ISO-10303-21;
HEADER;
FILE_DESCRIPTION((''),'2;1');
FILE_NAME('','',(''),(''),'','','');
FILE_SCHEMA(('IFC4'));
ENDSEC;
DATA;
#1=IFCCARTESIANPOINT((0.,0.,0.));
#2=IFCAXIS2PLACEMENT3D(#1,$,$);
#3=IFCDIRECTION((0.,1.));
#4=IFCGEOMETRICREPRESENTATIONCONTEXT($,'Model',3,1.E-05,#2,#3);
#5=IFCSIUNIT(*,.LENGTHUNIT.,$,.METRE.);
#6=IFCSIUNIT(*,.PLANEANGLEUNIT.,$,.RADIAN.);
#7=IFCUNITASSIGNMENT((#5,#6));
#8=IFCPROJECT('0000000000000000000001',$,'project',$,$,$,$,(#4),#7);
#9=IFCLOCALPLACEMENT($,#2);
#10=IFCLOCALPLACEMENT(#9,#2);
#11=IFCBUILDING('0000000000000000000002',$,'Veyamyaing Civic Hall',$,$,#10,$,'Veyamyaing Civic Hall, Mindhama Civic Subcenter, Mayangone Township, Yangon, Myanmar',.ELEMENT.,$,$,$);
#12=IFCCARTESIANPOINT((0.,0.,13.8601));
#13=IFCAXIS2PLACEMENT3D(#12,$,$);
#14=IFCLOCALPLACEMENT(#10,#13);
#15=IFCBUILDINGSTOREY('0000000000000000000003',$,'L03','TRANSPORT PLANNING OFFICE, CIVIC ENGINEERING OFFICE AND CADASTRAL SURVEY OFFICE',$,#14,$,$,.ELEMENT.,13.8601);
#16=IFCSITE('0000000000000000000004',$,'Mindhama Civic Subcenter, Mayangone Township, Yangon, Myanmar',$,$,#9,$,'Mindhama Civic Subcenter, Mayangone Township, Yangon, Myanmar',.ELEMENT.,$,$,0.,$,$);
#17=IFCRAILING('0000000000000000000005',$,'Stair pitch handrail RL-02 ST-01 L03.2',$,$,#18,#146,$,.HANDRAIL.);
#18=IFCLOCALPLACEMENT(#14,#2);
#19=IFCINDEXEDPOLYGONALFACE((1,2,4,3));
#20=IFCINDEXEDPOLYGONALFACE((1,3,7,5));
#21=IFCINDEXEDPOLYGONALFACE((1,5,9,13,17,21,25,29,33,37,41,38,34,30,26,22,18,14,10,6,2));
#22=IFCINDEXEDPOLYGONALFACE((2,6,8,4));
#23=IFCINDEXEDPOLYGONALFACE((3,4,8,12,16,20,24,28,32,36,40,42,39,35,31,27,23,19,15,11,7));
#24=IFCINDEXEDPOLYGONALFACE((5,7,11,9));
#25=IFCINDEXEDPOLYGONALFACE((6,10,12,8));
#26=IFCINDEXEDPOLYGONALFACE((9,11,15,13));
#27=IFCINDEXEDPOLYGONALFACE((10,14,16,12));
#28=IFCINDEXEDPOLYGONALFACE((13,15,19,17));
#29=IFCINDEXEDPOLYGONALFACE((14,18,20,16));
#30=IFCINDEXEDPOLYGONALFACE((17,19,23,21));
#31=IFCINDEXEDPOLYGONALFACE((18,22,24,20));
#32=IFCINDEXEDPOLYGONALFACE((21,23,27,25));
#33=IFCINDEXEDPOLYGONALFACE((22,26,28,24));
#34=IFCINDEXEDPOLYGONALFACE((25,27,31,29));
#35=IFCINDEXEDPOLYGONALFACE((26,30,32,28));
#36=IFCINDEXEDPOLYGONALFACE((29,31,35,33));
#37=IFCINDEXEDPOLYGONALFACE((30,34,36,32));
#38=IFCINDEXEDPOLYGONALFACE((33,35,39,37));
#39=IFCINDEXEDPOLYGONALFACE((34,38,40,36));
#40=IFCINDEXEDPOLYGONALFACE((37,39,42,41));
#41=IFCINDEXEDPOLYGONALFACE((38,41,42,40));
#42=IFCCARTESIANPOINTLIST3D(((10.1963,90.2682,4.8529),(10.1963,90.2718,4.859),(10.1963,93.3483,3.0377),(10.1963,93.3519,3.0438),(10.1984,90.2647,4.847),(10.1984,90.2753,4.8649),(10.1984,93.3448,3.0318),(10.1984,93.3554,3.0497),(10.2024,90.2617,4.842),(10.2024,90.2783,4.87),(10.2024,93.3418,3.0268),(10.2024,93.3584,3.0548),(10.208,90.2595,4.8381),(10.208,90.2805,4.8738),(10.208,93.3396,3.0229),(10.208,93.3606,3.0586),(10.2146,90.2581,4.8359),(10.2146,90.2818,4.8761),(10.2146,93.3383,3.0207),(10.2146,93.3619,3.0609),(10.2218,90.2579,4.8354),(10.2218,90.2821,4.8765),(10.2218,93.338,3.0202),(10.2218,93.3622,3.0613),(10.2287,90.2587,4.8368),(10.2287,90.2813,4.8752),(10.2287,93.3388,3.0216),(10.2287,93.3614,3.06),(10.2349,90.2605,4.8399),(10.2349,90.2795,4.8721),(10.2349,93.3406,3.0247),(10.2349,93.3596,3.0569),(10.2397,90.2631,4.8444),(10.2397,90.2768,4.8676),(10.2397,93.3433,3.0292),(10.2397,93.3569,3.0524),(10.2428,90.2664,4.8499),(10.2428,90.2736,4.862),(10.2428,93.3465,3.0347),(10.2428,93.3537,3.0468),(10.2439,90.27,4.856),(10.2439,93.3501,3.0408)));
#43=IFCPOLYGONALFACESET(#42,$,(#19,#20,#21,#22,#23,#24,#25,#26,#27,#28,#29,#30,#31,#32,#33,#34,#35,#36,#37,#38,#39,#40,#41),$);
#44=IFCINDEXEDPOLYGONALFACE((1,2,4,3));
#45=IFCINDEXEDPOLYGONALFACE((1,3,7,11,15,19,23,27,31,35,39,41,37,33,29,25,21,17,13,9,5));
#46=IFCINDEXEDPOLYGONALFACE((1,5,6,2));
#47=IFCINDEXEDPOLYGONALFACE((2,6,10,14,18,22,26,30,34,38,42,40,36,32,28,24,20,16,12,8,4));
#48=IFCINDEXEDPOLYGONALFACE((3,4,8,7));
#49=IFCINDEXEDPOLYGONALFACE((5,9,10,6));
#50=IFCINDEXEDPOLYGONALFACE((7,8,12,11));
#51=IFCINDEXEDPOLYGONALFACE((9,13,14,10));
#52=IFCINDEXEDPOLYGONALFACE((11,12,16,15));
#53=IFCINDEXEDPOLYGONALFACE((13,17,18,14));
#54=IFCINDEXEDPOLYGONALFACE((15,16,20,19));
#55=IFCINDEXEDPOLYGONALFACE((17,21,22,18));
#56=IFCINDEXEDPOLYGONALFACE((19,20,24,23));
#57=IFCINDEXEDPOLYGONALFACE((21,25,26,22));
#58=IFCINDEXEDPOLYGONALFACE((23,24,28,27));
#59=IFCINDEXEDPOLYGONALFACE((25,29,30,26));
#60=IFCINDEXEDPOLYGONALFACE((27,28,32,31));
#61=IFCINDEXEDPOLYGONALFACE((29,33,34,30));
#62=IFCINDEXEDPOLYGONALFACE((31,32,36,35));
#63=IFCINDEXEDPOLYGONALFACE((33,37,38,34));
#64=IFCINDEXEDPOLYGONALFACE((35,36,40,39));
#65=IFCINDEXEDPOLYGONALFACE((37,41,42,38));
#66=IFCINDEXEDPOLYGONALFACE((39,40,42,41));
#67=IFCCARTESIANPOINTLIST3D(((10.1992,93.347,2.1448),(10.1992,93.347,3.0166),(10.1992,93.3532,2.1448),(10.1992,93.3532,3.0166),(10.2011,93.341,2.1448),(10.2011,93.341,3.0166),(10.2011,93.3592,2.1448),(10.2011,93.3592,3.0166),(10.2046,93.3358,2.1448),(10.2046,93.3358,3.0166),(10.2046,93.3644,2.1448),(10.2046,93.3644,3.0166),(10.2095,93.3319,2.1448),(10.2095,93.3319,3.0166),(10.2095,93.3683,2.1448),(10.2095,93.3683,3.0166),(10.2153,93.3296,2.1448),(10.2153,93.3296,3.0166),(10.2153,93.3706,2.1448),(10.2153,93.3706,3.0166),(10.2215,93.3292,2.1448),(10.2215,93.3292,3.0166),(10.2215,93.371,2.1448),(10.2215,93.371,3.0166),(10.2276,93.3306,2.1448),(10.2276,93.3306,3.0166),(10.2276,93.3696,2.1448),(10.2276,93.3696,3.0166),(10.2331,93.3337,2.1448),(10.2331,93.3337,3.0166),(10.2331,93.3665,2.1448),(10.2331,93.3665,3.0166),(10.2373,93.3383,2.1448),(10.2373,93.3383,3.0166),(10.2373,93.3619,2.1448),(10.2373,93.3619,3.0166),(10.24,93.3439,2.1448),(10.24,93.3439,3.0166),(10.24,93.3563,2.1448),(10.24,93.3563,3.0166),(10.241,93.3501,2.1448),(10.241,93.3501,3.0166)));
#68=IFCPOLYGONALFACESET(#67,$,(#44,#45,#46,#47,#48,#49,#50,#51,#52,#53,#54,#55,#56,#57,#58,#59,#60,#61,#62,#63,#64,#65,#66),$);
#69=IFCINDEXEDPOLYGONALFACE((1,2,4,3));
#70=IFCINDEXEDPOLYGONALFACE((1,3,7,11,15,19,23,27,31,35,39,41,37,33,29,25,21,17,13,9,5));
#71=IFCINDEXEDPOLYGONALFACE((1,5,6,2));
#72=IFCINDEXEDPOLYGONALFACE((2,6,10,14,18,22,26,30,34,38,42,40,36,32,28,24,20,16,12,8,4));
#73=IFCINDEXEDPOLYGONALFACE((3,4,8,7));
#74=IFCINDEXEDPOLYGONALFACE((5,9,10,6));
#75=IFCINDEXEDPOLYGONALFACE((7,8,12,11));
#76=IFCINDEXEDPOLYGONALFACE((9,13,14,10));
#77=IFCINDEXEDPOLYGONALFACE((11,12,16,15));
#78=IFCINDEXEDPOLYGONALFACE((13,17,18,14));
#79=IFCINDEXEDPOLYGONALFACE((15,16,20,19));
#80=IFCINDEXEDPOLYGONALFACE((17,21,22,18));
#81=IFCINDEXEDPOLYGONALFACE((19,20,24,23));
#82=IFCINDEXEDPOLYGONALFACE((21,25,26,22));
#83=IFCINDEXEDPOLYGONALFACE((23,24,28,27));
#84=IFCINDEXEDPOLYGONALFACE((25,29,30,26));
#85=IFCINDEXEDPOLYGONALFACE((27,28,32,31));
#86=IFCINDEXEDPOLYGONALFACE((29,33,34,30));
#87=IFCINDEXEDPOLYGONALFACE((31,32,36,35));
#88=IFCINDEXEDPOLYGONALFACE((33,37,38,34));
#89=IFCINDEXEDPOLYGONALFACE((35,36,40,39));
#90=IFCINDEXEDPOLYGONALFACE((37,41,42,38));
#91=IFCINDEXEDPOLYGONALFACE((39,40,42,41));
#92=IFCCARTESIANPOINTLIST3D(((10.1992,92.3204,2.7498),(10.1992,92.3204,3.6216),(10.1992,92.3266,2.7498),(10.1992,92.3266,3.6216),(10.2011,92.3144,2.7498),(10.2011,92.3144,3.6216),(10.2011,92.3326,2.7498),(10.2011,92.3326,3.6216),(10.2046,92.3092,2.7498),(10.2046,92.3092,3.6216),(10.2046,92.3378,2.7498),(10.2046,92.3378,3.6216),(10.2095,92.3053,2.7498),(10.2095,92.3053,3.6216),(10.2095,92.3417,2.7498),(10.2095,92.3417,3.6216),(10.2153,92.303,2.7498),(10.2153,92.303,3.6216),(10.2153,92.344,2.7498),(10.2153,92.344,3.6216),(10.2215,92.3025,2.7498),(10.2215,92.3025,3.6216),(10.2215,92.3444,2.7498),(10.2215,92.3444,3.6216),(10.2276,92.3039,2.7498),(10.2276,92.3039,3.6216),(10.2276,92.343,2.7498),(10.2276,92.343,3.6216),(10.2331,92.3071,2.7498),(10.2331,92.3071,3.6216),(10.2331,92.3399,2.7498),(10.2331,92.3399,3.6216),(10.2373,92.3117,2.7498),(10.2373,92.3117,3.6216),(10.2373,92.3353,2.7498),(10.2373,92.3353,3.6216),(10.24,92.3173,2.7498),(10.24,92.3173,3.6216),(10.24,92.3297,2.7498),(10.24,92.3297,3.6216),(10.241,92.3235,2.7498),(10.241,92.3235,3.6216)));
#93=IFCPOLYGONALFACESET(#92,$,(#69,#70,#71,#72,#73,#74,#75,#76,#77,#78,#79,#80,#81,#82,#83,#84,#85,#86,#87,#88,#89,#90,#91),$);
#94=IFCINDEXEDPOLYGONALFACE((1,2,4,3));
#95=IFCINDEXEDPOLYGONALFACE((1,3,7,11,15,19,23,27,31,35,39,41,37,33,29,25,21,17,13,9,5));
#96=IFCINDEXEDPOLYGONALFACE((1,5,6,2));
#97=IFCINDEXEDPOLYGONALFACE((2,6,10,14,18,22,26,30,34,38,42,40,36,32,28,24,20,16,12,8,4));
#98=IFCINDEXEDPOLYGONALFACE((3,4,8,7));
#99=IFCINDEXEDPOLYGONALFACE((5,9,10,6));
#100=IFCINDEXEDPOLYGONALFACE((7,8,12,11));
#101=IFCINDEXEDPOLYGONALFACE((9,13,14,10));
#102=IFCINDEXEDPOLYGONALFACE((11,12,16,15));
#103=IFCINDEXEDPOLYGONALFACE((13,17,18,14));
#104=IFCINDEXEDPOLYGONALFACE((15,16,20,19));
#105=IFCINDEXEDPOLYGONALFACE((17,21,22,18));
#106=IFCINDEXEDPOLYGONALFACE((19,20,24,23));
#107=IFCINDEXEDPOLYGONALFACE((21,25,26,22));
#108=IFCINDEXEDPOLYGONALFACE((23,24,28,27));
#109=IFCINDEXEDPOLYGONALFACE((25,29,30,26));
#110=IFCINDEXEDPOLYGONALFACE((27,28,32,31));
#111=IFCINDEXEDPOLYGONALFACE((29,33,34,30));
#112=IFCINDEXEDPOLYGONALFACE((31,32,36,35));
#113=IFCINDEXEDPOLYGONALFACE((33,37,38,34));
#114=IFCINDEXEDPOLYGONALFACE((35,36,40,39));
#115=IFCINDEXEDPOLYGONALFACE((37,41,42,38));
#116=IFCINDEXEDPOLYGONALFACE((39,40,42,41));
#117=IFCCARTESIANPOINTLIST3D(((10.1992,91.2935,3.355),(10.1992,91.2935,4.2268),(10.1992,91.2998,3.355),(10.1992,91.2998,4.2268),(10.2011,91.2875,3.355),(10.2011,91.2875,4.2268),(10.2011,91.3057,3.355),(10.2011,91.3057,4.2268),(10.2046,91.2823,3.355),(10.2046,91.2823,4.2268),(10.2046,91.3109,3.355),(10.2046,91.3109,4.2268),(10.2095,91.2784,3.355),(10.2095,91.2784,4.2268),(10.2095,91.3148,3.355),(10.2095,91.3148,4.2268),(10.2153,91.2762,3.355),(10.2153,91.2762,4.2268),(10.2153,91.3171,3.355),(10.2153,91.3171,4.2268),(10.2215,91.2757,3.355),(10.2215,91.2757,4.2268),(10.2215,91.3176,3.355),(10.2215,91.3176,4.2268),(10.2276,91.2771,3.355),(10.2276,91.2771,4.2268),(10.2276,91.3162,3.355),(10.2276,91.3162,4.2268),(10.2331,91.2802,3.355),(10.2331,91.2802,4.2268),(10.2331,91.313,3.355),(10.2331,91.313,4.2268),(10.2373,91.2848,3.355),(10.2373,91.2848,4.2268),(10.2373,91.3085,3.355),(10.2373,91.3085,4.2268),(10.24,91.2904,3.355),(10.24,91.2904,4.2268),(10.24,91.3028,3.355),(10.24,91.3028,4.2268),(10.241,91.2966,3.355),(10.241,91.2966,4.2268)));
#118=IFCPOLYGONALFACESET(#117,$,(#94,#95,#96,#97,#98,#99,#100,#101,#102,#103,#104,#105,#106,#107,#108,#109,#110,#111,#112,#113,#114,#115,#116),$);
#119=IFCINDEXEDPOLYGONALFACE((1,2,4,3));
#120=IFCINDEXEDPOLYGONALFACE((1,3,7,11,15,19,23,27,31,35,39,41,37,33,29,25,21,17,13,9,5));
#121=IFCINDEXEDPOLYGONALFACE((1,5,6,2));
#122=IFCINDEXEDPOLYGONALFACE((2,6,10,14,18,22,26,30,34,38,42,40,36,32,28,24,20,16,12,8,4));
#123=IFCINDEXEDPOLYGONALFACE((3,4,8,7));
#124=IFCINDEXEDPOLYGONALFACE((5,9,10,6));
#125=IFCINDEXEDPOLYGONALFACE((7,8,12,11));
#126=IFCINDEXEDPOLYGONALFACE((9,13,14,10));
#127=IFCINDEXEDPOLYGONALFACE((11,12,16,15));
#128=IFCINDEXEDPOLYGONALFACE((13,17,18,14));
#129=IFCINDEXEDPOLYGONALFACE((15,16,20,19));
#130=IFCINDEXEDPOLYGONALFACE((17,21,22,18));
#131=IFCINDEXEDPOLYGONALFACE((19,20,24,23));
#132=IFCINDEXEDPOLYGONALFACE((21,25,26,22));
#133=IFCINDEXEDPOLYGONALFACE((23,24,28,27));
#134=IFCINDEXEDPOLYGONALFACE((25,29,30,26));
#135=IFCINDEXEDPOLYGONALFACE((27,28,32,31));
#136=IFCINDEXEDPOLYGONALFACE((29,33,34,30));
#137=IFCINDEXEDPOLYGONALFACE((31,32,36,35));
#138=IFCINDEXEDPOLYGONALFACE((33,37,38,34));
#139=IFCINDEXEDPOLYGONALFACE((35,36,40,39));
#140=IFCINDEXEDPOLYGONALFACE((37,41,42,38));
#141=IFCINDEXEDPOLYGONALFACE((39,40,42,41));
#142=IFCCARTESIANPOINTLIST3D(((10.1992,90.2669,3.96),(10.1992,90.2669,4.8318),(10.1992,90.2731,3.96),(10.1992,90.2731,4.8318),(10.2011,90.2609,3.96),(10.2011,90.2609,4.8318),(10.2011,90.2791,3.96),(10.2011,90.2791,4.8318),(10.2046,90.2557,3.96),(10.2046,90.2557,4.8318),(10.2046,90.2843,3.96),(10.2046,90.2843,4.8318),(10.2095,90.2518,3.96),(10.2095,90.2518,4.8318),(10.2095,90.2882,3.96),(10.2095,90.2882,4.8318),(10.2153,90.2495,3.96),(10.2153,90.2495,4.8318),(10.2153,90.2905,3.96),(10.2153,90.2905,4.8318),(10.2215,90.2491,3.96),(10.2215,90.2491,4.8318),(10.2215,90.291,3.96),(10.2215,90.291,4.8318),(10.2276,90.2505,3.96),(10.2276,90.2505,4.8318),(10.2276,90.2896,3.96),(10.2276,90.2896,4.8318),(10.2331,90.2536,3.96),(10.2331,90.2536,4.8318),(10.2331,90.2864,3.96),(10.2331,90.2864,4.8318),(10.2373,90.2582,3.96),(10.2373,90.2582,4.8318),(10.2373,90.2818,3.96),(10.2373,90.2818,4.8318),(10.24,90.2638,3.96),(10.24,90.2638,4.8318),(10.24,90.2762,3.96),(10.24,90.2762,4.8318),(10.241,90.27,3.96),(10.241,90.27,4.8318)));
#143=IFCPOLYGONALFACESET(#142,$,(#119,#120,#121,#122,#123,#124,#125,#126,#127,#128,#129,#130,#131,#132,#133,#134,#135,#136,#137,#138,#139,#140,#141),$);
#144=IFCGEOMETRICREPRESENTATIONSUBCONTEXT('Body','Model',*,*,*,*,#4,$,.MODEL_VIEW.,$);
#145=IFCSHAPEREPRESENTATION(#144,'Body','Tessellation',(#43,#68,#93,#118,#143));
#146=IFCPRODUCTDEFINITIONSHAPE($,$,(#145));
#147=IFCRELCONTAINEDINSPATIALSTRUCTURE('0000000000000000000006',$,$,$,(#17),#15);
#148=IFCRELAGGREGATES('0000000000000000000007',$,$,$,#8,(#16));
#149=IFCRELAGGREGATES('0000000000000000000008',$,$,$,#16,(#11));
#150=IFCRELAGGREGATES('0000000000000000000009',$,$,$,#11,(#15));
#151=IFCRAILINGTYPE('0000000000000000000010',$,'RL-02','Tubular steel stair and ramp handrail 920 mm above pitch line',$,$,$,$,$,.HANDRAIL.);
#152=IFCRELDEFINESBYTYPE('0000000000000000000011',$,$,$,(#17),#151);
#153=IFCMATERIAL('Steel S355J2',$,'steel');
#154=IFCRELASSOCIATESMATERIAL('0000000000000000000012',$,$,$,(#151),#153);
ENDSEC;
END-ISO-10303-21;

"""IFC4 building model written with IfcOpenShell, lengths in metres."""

from ifc_helpers import new_model, si_unit, direction, frame, origin, origin_2d, place, context, subcontext, project, spatial, circle, extrude, material, type_object, element, save


model = new_model("IFC4")

# Units and contexts
model_context = context("Model", 3, precision=1e-05, world=origin(), true_north=direction((0.0, 1.0)))
body_context = subcontext(model_context, "Body", "Model", "MODEL_VIEW")
ifc_project = project(units=[si_unit("LENGTHUNIT", "METRE"), si_unit("PLANEANGLEUNIT", "RADIAN")], contexts=[model_context])

# Site, building, storey
site_placement = place(None, origin())
site = spatial("IfcSite", under=ifc_project, at=site_placement, Name="Mindhama Civic Subcenter, Mayangone Township, Yangon, Myanmar", LongName="Mindhama Civic Subcenter, Mayangone Township, Yangon, Myanmar", CompositionType="ELEMENT", RefElevation=0.0)
building_placement = place(site_placement, origin())
building = spatial("IfcBuilding", under=site, at=building_placement, Name="Veyamyaing Civic Hall", LongName="Veyamyaing Civic Hall, Mindhama Civic Subcenter, Mayangone Township, Yangon, Myanmar", CompositionType="ELEMENT")
storey_placement = place(building_placement, frame((0.0, 0.0, 13.8601)))
storey = spatial("IfcBuildingStorey", under=building, at=storey_placement, Name="L03", Description="TRANSPORT PLANNING OFFICE, CIVIC ENGINEERING OFFICE AND CADASTRAL SURVEY OFFICE", CompositionType="ELEMENT", Elevation=13.8601)

# Railing
ifc_material_1 = material(Name="Steel S355J2", Category="steel")
railing_type_1 = type_object("IfcRailingType", Name="RL-02", Description="Tubular steel stair and ramp handrail 920 mm above pitch line", PredefinedType="HANDRAIL", material=ifc_material_1)
railing_1_placement = place(storey_placement, frame((10.22, 93.3501, 2.1448)))
element("IfcRailing", 1, at=railing_1_placement, inside=storey, type_object=railing_type_1, Name="Stair pitch handrail RL-02 ST-01 L03.2", PredefinedType="HANDRAIL", context=body_context, shape_type="SweptSolid", body=[
    extrude(circle(Radius=0.0239, at=origin_2d()), frame((0.0, 0.0, 0.896), z_axis=(0.0, -0.861521, 0.507721), x_axis=(1.0, 0.0, 0.0)), (0.0, 0.0, 1.0), 3.5752),
    extrude(circle(Radius=0.021, at=origin_2d()), origin(), (0.0, 0.0, 1.0), 0.8718),
    extrude(circle(Radius=0.021, at=origin_2d()), frame((0.0, -1.0266, 0.605)), (0.0, 0.0, 1.0), 0.8718),
    extrude(circle(Radius=0.021, at=origin_2d()), frame((0.0, -2.0535, 1.2102)), (0.0, 0.0, 1.0), 0.8718),
    extrude(circle(Radius=0.021, at=origin_2d()), frame((0.0, -3.0801, 1.8152)), (0.0, 0.0, 1.0), 0.8718),
])

save(model, "model.ifc")
